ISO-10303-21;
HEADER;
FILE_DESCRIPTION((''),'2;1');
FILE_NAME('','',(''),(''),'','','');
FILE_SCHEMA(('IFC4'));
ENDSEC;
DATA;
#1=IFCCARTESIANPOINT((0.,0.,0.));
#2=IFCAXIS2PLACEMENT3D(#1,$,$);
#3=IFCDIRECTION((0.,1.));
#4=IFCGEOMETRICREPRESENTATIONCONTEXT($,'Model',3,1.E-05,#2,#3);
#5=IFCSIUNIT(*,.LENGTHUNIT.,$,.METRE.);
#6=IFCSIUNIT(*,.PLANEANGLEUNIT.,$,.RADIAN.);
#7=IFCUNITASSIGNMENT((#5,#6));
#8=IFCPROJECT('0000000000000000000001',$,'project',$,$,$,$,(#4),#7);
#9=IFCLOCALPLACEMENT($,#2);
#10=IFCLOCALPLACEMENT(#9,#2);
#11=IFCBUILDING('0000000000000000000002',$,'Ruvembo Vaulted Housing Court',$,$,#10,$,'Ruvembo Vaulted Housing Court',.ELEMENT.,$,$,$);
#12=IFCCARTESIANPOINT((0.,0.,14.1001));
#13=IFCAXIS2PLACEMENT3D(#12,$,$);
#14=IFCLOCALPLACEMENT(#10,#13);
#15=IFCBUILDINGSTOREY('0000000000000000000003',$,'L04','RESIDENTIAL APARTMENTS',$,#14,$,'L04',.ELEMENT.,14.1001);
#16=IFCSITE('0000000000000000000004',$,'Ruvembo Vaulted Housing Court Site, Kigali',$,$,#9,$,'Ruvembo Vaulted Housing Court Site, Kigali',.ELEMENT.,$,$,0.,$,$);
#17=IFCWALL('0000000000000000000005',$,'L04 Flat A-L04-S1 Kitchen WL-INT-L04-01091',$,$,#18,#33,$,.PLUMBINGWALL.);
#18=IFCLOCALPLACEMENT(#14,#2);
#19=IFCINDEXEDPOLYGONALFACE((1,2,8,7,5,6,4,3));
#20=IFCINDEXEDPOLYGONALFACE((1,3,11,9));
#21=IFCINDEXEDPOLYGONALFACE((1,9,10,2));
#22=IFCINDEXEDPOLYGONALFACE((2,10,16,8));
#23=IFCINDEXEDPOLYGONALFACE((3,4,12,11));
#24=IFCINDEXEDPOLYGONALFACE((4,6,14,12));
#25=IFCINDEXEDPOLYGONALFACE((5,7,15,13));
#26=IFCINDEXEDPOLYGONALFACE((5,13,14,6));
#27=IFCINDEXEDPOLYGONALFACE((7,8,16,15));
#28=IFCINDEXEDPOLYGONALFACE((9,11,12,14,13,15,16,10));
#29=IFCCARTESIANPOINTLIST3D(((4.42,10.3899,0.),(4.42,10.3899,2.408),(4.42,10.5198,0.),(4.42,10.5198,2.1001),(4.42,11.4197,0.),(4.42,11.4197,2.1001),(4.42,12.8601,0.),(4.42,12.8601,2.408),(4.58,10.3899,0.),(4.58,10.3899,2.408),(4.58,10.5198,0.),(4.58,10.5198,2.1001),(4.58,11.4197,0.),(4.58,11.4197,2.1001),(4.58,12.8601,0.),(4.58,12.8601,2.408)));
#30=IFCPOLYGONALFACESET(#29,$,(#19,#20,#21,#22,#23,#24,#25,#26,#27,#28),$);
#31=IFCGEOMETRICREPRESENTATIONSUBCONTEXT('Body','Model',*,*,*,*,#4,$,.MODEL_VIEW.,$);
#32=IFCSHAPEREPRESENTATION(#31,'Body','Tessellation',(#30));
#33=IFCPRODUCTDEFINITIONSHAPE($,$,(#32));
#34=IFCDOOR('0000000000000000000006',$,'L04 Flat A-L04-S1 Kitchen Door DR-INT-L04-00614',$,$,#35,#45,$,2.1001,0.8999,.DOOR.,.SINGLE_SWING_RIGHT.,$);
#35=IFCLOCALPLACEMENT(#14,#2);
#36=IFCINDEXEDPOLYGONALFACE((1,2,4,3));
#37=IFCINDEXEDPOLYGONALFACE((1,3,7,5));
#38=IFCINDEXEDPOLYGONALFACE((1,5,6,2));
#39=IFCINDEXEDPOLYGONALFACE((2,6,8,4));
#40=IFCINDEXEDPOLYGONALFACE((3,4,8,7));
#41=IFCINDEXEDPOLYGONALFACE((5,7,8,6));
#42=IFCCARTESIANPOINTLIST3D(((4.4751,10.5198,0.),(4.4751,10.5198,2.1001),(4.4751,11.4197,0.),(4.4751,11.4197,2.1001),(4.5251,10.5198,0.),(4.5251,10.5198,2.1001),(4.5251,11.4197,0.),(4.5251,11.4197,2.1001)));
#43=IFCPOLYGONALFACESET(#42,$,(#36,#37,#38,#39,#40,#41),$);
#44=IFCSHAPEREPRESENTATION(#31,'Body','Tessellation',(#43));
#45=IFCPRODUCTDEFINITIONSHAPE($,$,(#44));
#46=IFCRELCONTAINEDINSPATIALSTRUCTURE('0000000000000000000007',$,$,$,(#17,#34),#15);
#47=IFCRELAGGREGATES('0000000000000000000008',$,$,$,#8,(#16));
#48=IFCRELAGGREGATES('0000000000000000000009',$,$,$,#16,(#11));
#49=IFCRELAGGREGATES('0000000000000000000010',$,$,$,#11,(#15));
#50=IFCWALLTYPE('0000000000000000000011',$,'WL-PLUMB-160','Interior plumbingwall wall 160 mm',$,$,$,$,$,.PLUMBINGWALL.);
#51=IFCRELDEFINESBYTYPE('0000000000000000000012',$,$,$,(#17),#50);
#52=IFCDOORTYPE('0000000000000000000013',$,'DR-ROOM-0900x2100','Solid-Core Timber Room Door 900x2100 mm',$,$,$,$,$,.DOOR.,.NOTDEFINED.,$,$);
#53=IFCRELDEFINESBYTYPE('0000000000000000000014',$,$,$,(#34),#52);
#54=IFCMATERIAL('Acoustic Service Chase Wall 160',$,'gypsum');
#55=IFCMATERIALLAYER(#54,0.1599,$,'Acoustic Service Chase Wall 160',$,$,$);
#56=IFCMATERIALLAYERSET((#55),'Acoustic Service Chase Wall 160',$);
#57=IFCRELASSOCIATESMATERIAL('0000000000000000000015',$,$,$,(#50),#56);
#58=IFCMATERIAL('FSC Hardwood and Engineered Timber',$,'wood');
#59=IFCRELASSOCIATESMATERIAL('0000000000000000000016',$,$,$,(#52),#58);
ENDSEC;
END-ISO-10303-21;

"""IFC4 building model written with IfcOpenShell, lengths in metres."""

from ifc_helpers import new_model, si_unit, direction, frame, frame_2d, origin, place, context, subcontext, project, spatial, rectangle, extrude, material, layer, layer_set, type_object, element, fill, save


model = new_model("IFC4")

# Units and contexts
model_context = context("Model", 3, precision=1e-05, world=origin(), true_north=direction((0.0, 1.0)))
body_context = subcontext(model_context, "Body", "Model", "MODEL_VIEW")
ifc_project = project(units=[si_unit("LENGTHUNIT", "METRE"), si_unit("PLANEANGLEUNIT", "RADIAN")], contexts=[model_context])

# Site, building, storey
site_placement = place(None, origin())
site = spatial("IfcSite", under=ifc_project, at=site_placement, Name="Ruvembo Vaulted Housing Court Site, Kigali", LongName="Ruvembo Vaulted Housing Court Site, Kigali", CompositionType="ELEMENT", RefElevation=0.0)
building_placement = place(site_placement, origin())
building = spatial("IfcBuilding", under=site, at=building_placement, Name="Ruvembo Vaulted Housing Court", LongName="Ruvembo Vaulted Housing Court", CompositionType="ELEMENT")
storey_placement = place(building_placement, frame((0.0, 0.0, 14.1001)))
storey = spatial("IfcBuildingStorey", under=building, at=storey_placement, Name="L04", Description="RESIDENTIAL APARTMENTS", LongName="L04", CompositionType="ELEMENT", Elevation=14.1001)

# Shared definitions
ifc_material_1 = material(Name="FSC Hardwood and Engineered Timber", Category="wood")

# Wall, opening, door
ifc_material_2 = material(Name="Acoustic Service Chase Wall 160", Category="gypsum")
ifc_layer_1 = layer(ifc_material_2, 0.1599, Name="Acoustic Service Chase Wall 160")
ifc_layer_set_1 = layer_set([ifc_layer_1], Name="Acoustic Service Chase Wall 160")
wall_type_1 = type_object("IfcWallType", Name="WL-PLUMB-160", Description="Interior plumbingwall wall 160 mm", PredefinedType="PLUMBINGWALL", material=ifc_layer_set_1)
wall_1_placement = place(storey_placement, frame((4.5, 10.3899, 0.0), z_axis=(0.0, 0.0, 1.0), x_axis=(0.0, 1.0, 0.0)))
wall_1 = element("IfcWall", 1, at=wall_1_placement, inside=storey, type_object=wall_type_1, Name="L04 Flat A-L04-S1 Kitchen WL-INT-L04-01091", PredefinedType="PLUMBINGWALL", context=body_context, shape_type="SweptSolid", body=[
    extrude(rectangle(XDim=2.4702, YDim=0.1599, at=frame_2d((1.2351, 0.0))), origin(), (0.0, 0.0, 1.0), 2.408),
])
opening_1_placement = place(wall_1_placement, frame((0.1299, 0.0, 0.0)))
opening_1 = element("IfcOpeningElement", 2, at=opening_1_placement, cuts=wall_1, PredefinedType="OPENING", context=body_context, shape_type="SweptSolid", body=[
    extrude(rectangle(XDim=0.8999, YDim=2.1001, at=frame_2d((0.45, 1.05))), frame((0.0, 0.0898, 0.0), z_axis=(0.0, -1.0, 0.0), x_axis=(1.0, 0.0, 0.0)), (0.0, 0.0, 1.0), 0.1799),
])
door_type_1 = type_object("IfcDoorType", Name="DR-ROOM-0900x2100", Description="Solid-Core Timber Room Door 900x2100 mm", OperationType="NOTDEFINED", PredefinedType="DOOR", material=ifc_material_1)
door_1_placement = place(opening_1_placement, origin())
door_1 = element("IfcDoor", 3, at=door_1_placement, inside=storey, type_object=door_type_1, Name="L04 Flat A-L04-S1 Kitchen Door DR-INT-L04-00614", OperationType="SINGLE_SWING_RIGHT", OverallHeight=2.1001, OverallWidth=0.8999, PredefinedType="DOOR", context=body_context, shape_type="SweptSolid", body=[
    extrude(rectangle(XDim=0.8999, YDim=2.1001, at=frame_2d((0.45, 1.05))), frame((0.0, 0.0249, 0.0), z_axis=(0.0, -1.0, 0.0), x_axis=(1.0, 0.0, 0.0)), (0.0, 0.0, 1.0), 0.05),
])
fill(opening_1, door_1)

save(model, "model.ifc")
